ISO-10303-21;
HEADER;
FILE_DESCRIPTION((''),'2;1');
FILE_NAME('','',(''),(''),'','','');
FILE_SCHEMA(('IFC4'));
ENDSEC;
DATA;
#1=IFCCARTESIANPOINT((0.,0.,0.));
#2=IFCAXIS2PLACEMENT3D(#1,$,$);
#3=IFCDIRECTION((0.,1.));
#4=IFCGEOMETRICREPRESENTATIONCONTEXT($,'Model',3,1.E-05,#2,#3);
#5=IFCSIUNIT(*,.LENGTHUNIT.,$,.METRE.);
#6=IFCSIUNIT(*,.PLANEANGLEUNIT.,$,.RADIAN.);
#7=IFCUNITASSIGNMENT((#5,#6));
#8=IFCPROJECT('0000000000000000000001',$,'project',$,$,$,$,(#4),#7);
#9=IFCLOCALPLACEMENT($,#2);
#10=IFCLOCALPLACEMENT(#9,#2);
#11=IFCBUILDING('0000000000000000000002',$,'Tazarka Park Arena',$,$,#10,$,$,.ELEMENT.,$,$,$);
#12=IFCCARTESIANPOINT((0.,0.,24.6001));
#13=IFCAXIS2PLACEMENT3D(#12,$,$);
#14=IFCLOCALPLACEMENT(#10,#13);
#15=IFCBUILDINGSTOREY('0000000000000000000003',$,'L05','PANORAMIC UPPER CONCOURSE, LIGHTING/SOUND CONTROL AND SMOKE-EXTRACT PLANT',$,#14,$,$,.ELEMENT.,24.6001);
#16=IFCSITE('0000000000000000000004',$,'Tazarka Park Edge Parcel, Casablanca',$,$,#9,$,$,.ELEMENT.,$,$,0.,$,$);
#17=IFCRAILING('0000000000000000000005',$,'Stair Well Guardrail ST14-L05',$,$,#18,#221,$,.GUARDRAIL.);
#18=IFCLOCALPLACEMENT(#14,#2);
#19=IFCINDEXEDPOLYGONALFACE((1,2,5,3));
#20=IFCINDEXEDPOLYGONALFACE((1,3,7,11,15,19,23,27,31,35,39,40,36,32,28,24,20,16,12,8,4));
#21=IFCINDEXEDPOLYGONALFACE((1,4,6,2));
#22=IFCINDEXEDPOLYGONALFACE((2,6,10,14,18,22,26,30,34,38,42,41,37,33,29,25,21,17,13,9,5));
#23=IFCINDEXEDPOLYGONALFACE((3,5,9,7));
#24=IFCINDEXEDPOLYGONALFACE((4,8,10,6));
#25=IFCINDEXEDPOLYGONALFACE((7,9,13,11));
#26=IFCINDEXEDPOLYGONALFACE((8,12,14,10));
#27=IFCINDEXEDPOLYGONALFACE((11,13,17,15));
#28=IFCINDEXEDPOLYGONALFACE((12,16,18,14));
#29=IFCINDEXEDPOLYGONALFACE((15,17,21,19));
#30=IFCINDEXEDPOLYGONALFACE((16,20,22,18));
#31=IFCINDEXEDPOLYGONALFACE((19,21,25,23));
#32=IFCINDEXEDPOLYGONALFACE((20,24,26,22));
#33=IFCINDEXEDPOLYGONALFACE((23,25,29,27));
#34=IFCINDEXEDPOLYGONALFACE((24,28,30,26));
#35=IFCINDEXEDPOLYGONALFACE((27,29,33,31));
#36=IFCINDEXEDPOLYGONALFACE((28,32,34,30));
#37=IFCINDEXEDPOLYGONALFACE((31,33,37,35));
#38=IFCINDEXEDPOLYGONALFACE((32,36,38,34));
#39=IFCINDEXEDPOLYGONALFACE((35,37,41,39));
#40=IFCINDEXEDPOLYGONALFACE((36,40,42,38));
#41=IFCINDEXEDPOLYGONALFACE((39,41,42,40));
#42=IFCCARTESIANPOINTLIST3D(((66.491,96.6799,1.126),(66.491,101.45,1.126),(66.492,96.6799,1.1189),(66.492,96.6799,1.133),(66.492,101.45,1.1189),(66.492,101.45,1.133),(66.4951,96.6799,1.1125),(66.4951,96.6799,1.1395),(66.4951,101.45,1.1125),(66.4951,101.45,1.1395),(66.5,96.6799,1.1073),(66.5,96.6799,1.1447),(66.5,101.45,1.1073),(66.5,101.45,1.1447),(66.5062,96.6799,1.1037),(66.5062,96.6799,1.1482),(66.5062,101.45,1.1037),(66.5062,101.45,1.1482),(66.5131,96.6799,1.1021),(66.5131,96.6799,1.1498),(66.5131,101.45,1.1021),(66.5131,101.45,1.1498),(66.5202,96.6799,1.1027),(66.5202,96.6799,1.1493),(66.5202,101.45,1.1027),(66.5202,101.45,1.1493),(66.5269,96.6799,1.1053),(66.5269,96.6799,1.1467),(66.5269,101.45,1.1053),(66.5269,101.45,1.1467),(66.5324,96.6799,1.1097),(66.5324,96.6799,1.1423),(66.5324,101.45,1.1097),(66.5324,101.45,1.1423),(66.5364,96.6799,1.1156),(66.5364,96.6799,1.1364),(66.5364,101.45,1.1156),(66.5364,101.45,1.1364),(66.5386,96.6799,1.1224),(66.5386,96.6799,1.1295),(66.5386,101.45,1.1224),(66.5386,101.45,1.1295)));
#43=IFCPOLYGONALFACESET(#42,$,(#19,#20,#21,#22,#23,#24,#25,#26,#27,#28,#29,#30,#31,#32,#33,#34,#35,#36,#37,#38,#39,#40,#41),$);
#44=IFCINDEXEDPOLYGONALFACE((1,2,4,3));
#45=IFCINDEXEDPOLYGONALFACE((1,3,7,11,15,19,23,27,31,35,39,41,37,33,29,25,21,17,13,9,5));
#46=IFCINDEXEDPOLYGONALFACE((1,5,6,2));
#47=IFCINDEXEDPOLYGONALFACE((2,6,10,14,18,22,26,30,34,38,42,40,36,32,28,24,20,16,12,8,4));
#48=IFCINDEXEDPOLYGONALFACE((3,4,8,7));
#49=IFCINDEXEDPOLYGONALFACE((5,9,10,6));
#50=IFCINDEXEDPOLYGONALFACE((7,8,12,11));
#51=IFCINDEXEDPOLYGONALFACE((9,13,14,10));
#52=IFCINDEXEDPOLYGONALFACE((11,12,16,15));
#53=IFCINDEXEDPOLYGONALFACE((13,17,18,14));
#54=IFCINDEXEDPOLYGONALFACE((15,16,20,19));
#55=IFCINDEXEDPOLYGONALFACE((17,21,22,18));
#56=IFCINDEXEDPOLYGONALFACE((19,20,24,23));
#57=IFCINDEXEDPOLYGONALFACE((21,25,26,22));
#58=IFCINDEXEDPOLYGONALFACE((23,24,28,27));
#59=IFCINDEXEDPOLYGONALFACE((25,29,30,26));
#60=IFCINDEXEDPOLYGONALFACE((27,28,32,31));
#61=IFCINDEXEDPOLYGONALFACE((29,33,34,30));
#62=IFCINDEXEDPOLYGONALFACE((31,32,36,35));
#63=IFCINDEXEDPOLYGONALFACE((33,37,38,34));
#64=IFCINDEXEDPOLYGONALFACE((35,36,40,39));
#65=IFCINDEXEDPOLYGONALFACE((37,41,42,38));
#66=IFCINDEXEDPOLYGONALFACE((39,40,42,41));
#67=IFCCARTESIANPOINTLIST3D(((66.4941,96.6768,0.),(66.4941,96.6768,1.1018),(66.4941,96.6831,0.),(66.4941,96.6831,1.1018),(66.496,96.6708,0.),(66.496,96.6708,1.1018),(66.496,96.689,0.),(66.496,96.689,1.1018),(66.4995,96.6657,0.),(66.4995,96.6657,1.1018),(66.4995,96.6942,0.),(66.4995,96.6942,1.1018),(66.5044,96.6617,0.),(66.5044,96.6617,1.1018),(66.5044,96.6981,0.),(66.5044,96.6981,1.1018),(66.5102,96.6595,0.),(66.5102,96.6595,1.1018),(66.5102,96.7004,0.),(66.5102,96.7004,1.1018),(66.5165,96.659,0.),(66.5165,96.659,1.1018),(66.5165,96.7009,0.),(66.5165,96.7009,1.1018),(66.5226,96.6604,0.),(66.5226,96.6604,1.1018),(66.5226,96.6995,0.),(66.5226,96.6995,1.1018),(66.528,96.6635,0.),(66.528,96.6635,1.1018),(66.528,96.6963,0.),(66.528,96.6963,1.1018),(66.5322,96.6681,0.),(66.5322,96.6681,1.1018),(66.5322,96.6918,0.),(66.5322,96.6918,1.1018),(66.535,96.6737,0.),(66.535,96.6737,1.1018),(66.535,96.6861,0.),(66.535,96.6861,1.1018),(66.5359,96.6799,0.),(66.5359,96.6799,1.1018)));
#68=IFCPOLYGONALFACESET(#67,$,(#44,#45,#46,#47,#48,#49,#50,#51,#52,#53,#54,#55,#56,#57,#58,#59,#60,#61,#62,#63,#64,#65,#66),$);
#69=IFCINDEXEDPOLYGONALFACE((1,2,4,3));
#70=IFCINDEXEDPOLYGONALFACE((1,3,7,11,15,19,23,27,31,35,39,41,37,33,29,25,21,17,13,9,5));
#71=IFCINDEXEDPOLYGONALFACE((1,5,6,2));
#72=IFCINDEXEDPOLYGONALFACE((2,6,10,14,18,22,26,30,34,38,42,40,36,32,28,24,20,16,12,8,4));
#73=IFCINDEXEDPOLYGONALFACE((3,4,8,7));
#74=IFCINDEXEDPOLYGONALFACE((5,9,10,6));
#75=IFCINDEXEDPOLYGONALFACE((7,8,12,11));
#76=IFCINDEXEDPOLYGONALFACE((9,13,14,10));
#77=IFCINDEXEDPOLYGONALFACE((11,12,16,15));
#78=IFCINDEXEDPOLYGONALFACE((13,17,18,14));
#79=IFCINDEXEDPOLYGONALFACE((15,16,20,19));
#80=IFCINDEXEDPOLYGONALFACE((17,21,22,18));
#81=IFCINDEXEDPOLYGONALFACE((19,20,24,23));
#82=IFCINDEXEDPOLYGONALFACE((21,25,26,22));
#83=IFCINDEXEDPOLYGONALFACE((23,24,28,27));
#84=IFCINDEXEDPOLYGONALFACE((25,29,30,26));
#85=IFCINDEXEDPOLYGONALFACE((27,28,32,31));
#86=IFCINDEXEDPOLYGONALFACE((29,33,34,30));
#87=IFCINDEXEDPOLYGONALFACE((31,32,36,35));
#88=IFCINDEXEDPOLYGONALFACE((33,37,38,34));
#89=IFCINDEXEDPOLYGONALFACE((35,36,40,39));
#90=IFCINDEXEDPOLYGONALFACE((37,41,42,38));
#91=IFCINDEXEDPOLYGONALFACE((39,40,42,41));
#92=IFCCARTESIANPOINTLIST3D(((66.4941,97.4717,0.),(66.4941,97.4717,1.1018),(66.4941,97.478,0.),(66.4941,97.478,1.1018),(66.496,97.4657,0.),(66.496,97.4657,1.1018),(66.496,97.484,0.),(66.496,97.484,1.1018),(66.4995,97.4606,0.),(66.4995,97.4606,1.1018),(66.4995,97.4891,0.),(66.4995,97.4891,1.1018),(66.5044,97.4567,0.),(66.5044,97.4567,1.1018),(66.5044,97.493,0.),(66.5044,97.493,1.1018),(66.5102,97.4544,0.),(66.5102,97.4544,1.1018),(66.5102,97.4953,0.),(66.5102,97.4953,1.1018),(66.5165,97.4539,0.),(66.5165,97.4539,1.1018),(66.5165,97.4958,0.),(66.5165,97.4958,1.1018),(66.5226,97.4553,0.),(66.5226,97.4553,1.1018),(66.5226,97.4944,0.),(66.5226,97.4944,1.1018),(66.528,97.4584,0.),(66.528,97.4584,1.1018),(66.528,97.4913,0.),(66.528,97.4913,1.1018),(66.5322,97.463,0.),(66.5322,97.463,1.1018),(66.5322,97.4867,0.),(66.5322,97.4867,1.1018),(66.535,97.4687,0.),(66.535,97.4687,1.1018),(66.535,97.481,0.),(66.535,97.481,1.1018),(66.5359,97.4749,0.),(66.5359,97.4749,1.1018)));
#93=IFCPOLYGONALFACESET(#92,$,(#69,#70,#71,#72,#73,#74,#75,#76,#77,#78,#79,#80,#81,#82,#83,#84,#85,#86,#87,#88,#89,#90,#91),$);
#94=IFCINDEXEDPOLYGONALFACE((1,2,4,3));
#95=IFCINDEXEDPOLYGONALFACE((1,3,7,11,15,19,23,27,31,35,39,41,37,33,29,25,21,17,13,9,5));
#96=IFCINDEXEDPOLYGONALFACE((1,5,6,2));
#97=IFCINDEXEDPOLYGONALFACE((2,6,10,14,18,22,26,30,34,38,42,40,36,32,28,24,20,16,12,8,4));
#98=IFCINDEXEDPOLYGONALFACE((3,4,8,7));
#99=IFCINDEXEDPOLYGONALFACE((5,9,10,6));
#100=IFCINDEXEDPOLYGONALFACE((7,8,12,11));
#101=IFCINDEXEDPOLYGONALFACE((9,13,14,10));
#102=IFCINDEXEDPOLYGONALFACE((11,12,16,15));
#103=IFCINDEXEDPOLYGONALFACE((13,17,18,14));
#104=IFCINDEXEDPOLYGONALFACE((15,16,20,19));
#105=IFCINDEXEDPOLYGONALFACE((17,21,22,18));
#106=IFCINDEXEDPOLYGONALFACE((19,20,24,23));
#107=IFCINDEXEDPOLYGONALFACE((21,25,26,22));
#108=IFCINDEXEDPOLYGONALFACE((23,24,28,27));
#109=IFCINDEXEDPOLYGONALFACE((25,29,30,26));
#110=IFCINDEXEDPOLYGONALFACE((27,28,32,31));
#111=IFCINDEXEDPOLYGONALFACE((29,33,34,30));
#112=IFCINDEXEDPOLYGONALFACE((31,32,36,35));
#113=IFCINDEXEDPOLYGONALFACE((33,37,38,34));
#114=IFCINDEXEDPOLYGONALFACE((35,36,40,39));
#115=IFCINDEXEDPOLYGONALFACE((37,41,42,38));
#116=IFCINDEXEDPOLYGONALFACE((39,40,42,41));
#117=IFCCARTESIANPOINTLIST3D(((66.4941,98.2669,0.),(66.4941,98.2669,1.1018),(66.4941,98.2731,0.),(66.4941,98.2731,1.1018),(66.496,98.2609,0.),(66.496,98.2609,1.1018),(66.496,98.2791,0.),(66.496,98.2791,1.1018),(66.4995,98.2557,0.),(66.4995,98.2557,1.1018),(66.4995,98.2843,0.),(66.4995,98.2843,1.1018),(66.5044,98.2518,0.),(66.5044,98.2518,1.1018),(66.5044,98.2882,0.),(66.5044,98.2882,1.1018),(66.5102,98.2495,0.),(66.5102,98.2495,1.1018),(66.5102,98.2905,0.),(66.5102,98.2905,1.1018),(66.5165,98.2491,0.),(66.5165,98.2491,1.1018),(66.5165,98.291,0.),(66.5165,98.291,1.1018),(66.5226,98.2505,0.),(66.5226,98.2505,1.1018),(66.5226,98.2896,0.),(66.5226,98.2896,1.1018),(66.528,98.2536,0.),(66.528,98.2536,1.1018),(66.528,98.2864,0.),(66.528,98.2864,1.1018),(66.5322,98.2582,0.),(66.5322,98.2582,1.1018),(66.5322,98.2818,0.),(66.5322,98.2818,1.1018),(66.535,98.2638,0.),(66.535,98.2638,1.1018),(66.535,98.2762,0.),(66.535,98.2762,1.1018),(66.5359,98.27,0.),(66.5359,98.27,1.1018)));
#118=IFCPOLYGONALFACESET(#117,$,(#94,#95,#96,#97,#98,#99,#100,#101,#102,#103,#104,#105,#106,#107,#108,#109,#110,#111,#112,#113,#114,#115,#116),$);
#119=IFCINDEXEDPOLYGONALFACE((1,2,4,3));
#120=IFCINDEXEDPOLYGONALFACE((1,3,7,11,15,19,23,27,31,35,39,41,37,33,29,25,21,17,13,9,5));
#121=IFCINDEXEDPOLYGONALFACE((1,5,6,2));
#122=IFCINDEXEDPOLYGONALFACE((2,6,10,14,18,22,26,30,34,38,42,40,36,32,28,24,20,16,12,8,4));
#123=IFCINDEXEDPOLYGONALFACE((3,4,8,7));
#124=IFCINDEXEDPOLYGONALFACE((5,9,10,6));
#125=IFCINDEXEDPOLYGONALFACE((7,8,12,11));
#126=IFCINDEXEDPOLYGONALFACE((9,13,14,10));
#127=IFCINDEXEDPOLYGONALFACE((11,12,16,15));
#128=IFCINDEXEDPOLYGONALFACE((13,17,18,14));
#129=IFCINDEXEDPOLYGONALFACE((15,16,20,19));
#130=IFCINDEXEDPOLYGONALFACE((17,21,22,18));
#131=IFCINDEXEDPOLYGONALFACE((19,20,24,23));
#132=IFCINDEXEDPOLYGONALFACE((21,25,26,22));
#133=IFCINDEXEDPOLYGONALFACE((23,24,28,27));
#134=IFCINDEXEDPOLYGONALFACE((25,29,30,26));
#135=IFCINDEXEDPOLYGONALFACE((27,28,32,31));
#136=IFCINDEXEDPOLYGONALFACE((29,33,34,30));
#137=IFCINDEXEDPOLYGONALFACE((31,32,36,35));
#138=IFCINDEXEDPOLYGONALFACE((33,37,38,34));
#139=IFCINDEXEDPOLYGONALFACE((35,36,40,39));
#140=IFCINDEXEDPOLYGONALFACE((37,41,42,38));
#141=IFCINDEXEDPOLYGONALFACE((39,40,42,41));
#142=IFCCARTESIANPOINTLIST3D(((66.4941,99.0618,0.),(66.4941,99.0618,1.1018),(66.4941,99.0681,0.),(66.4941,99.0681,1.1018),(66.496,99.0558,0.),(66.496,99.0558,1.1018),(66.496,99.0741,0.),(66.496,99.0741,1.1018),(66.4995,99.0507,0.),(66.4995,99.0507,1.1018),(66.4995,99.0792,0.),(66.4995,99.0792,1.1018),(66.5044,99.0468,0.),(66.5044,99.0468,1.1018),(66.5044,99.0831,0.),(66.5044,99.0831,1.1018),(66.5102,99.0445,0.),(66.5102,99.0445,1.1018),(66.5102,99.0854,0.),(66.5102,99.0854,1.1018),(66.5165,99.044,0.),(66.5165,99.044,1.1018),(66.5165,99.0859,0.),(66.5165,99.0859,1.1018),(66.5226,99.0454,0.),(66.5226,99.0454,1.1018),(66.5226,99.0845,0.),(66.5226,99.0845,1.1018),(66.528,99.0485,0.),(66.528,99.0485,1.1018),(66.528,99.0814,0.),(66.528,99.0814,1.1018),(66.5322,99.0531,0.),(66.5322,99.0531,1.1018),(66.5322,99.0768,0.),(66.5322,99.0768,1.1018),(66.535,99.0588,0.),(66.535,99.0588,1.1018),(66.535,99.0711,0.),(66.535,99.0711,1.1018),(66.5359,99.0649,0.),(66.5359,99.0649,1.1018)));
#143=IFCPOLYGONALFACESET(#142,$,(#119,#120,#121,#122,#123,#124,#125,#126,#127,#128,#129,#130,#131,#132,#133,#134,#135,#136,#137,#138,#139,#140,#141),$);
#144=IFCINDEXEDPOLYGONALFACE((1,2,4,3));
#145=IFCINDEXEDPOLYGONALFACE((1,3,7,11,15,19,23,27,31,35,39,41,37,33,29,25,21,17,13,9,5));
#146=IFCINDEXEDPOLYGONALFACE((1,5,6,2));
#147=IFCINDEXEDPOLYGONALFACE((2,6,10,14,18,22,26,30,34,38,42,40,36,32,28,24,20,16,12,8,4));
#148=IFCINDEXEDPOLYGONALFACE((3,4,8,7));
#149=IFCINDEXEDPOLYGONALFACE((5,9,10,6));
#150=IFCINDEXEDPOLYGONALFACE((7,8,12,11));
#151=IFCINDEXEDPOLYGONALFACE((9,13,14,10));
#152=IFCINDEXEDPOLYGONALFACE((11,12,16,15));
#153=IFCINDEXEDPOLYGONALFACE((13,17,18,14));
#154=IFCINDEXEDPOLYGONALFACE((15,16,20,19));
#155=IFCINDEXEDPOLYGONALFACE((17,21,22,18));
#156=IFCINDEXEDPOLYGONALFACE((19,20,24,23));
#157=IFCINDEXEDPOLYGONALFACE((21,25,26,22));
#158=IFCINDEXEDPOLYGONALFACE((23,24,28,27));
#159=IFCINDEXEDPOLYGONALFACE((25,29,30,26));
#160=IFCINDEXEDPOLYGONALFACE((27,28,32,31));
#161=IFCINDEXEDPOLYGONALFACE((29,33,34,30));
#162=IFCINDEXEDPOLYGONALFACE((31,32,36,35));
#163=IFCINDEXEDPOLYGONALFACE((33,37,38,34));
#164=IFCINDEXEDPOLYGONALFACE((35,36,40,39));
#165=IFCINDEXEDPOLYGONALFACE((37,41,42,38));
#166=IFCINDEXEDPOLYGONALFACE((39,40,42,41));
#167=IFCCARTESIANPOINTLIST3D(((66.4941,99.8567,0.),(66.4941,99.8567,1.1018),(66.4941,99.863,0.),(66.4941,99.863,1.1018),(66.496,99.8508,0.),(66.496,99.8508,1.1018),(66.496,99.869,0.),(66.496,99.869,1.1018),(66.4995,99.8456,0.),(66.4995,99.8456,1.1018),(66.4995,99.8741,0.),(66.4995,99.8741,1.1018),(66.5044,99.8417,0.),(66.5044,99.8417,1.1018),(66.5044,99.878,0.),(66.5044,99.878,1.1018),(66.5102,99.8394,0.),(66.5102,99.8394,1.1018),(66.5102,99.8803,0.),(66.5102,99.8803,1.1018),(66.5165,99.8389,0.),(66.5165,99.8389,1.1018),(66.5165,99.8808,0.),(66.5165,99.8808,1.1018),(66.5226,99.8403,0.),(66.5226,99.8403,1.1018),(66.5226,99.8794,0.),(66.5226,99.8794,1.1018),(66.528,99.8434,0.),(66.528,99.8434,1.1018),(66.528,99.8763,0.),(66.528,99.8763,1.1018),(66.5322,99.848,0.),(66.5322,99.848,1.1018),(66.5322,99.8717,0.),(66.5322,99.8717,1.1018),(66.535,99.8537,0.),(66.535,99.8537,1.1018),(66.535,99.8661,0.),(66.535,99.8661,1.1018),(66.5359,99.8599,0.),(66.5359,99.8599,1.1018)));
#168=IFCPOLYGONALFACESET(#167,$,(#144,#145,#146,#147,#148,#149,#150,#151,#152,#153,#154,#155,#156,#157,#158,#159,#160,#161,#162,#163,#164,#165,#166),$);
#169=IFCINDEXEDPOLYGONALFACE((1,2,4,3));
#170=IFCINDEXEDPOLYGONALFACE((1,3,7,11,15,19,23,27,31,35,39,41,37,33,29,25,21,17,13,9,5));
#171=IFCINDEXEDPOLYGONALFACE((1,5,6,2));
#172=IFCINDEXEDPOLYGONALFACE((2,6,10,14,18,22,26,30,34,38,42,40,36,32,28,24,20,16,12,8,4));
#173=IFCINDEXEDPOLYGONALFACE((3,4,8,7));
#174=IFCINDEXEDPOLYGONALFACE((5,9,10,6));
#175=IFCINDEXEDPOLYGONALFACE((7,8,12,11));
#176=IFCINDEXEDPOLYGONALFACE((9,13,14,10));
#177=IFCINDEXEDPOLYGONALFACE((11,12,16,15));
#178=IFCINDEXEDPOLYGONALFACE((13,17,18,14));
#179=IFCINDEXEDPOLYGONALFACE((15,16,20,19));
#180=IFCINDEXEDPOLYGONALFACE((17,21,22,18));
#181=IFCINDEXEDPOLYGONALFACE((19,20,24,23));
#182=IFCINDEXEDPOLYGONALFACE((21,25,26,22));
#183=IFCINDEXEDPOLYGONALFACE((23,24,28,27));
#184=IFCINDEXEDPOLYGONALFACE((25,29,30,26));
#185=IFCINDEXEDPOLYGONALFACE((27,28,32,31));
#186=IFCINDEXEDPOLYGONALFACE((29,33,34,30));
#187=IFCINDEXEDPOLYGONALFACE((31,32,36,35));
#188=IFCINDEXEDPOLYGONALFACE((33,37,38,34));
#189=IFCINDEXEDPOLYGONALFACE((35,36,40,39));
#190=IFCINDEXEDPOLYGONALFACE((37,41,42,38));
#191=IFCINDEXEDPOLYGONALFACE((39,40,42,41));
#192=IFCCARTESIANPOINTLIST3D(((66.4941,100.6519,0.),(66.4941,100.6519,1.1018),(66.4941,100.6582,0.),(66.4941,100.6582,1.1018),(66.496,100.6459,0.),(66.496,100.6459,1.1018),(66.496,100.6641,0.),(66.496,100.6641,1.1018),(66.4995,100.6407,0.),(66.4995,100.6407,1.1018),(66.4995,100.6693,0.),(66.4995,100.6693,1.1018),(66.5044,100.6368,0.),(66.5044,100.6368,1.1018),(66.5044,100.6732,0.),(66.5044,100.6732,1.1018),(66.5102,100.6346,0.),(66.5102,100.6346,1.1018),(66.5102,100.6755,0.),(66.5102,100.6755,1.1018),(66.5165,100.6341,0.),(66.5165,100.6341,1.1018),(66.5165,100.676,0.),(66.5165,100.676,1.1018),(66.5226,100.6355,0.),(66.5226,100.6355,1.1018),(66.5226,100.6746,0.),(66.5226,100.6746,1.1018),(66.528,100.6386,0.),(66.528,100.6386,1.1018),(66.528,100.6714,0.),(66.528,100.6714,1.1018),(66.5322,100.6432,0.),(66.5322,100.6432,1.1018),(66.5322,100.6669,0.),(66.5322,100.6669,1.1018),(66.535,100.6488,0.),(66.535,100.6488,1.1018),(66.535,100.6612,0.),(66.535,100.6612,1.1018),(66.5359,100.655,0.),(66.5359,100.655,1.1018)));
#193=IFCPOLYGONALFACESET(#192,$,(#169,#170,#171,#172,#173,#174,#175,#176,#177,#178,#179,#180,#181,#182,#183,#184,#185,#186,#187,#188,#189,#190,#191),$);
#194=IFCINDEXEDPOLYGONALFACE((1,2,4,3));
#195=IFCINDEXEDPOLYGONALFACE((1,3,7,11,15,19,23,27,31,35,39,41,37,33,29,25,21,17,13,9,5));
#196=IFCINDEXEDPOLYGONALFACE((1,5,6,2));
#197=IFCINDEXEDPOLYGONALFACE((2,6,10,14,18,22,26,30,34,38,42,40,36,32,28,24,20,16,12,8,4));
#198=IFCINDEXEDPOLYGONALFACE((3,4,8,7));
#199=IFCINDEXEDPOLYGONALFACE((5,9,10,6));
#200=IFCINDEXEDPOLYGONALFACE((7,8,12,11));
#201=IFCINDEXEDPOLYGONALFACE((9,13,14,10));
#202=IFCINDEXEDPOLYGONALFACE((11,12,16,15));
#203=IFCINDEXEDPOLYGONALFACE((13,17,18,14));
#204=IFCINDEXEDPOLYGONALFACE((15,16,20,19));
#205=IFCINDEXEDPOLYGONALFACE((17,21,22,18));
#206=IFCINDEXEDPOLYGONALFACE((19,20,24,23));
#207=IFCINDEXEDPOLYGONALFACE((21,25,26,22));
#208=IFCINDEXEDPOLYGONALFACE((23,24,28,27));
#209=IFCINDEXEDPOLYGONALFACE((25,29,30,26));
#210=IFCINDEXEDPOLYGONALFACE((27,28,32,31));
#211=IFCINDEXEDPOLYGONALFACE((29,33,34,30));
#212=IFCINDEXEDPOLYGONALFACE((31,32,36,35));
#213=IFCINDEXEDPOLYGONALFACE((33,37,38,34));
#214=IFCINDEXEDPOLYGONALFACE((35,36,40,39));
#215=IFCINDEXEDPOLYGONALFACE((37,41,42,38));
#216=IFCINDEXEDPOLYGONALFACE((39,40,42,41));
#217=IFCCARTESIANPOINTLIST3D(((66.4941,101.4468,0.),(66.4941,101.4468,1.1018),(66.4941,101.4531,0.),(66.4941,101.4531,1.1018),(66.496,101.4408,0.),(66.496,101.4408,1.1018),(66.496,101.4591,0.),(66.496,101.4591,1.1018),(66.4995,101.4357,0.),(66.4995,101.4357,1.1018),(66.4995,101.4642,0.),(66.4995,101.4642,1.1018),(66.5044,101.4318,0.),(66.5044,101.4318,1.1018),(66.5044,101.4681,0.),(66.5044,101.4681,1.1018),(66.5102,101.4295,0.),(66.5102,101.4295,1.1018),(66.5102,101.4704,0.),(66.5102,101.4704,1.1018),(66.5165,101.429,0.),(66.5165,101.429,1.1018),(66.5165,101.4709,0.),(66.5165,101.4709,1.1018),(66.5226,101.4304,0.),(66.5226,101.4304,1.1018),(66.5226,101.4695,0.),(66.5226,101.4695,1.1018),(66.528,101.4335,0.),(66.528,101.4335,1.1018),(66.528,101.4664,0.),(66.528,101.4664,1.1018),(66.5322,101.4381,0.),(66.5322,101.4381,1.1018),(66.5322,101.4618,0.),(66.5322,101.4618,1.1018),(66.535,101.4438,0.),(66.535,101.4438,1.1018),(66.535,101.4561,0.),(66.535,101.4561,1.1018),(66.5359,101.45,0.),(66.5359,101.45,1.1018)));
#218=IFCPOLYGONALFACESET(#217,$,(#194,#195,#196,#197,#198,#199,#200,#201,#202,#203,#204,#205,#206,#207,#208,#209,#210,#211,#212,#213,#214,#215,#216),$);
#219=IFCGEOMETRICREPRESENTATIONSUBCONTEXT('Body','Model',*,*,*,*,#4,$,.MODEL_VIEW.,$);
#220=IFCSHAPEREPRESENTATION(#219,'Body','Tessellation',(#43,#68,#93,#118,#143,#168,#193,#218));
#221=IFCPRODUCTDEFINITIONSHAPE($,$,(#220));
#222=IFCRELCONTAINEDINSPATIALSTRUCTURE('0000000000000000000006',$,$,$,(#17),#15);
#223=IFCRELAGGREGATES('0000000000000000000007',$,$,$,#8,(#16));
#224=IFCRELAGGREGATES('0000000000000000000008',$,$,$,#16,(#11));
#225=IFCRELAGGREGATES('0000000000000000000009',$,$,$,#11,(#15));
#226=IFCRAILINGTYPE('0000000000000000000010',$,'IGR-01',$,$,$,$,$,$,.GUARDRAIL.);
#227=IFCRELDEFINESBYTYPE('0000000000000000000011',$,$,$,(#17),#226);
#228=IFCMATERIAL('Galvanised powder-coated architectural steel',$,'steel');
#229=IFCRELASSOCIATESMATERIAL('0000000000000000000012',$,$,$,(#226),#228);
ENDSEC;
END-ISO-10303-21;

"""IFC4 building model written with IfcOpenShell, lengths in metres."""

from ifc_helpers import new_model, si_unit, direction, frame, origin, origin_2d, place, context, subcontext, project, spatial, circle, extrude, material, type_object, element, save


model = new_model("IFC4")

# Units and contexts
model_context = context("Model", 3, precision=1e-05, world=origin(), true_north=direction((0.0, 1.0)))
body_context = subcontext(model_context, "Body", "Model", "MODEL_VIEW")
ifc_project = project(units=[si_unit("LENGTHUNIT", "METRE"), si_unit("PLANEANGLEUNIT", "RADIAN")], contexts=[model_context])

# Site, building, storey
site_placement = place(None, origin())
site = spatial("IfcSite", under=ifc_project, at=site_placement, Name="Tazarka Park Edge Parcel, Casablanca", CompositionType="ELEMENT", RefElevation=0.0)
building_placement = place(site_placement, origin())
building = spatial("IfcBuilding", under=site, at=building_placement, Name="Tazarka Park Arena", CompositionType="ELEMENT")
storey_placement = place(building_placement, frame((0.0, 0.0, 24.6001)))
storey = spatial("IfcBuildingStorey", under=building, at=storey_placement, Name="L05", Description="PANORAMIC UPPER CONCOURSE, LIGHTING/SOUND CONTROL AND SMOKE-EXTRACT PLANT", CompositionType="ELEMENT", Elevation=24.6001)

# Railing
ifc_material_1 = material(Name="Galvanised powder-coated architectural steel", Category="steel")
railing_type = type_object("IfcRailingType", Name="IGR-01", PredefinedType="GUARDRAIL", material=ifc_material_1)
railing_1_placement = place(storey_placement, frame((66.5149, 96.6799, 0.0)))
element("IfcRailing", 1, at=railing_1_placement, inside=storey, type_object=railing_type, Name="Stair Well Guardrail ST14-L05", PredefinedType="GUARDRAIL", context=body_context, shape_type="SweptSolid", body=[
    extrude(circle(Radius=0.0239, at=origin_2d()), frame((0.0, 0.0, 1.126), z_axis=(0.0, 1.0, 0.0), x_axis=(-1.0, 0.0, 0.0)), (0.0, 0.0, 1.0), 4.77),
    extrude(circle(Radius=0.021, at=origin_2d()), origin(), (0.0, 0.0, 1.0), 1.1018),
    extrude(circle(Radius=0.021, at=origin_2d()), frame((0.0, 0.7949, 0.0)), (0.0, 0.0, 1.0), 1.1018),
    extrude(circle(Radius=0.021, at=origin_2d()), frame((0.0, 1.5901, 0.0)), (0.0, 0.0, 1.0), 1.1018),
    extrude(circle(Radius=0.021, at=origin_2d()), frame((0.0, 2.385, 0.0)), (0.0, 0.0, 1.0), 1.1018),
    extrude(circle(Radius=0.021, at=origin_2d()), frame((0.0, 3.1799, 0.0)), (0.0, 0.0, 1.0), 1.1018),
    extrude(circle(Radius=0.021, at=origin_2d()), frame((0.0, 3.9751, 0.0)), (0.0, 0.0, 1.0), 1.1018),
    extrude(circle(Radius=0.021, at=origin_2d()), frame((0.0, 4.77, 0.0)), (0.0, 0.0, 1.0), 1.1018),
])

save(model, "model.ifc")
